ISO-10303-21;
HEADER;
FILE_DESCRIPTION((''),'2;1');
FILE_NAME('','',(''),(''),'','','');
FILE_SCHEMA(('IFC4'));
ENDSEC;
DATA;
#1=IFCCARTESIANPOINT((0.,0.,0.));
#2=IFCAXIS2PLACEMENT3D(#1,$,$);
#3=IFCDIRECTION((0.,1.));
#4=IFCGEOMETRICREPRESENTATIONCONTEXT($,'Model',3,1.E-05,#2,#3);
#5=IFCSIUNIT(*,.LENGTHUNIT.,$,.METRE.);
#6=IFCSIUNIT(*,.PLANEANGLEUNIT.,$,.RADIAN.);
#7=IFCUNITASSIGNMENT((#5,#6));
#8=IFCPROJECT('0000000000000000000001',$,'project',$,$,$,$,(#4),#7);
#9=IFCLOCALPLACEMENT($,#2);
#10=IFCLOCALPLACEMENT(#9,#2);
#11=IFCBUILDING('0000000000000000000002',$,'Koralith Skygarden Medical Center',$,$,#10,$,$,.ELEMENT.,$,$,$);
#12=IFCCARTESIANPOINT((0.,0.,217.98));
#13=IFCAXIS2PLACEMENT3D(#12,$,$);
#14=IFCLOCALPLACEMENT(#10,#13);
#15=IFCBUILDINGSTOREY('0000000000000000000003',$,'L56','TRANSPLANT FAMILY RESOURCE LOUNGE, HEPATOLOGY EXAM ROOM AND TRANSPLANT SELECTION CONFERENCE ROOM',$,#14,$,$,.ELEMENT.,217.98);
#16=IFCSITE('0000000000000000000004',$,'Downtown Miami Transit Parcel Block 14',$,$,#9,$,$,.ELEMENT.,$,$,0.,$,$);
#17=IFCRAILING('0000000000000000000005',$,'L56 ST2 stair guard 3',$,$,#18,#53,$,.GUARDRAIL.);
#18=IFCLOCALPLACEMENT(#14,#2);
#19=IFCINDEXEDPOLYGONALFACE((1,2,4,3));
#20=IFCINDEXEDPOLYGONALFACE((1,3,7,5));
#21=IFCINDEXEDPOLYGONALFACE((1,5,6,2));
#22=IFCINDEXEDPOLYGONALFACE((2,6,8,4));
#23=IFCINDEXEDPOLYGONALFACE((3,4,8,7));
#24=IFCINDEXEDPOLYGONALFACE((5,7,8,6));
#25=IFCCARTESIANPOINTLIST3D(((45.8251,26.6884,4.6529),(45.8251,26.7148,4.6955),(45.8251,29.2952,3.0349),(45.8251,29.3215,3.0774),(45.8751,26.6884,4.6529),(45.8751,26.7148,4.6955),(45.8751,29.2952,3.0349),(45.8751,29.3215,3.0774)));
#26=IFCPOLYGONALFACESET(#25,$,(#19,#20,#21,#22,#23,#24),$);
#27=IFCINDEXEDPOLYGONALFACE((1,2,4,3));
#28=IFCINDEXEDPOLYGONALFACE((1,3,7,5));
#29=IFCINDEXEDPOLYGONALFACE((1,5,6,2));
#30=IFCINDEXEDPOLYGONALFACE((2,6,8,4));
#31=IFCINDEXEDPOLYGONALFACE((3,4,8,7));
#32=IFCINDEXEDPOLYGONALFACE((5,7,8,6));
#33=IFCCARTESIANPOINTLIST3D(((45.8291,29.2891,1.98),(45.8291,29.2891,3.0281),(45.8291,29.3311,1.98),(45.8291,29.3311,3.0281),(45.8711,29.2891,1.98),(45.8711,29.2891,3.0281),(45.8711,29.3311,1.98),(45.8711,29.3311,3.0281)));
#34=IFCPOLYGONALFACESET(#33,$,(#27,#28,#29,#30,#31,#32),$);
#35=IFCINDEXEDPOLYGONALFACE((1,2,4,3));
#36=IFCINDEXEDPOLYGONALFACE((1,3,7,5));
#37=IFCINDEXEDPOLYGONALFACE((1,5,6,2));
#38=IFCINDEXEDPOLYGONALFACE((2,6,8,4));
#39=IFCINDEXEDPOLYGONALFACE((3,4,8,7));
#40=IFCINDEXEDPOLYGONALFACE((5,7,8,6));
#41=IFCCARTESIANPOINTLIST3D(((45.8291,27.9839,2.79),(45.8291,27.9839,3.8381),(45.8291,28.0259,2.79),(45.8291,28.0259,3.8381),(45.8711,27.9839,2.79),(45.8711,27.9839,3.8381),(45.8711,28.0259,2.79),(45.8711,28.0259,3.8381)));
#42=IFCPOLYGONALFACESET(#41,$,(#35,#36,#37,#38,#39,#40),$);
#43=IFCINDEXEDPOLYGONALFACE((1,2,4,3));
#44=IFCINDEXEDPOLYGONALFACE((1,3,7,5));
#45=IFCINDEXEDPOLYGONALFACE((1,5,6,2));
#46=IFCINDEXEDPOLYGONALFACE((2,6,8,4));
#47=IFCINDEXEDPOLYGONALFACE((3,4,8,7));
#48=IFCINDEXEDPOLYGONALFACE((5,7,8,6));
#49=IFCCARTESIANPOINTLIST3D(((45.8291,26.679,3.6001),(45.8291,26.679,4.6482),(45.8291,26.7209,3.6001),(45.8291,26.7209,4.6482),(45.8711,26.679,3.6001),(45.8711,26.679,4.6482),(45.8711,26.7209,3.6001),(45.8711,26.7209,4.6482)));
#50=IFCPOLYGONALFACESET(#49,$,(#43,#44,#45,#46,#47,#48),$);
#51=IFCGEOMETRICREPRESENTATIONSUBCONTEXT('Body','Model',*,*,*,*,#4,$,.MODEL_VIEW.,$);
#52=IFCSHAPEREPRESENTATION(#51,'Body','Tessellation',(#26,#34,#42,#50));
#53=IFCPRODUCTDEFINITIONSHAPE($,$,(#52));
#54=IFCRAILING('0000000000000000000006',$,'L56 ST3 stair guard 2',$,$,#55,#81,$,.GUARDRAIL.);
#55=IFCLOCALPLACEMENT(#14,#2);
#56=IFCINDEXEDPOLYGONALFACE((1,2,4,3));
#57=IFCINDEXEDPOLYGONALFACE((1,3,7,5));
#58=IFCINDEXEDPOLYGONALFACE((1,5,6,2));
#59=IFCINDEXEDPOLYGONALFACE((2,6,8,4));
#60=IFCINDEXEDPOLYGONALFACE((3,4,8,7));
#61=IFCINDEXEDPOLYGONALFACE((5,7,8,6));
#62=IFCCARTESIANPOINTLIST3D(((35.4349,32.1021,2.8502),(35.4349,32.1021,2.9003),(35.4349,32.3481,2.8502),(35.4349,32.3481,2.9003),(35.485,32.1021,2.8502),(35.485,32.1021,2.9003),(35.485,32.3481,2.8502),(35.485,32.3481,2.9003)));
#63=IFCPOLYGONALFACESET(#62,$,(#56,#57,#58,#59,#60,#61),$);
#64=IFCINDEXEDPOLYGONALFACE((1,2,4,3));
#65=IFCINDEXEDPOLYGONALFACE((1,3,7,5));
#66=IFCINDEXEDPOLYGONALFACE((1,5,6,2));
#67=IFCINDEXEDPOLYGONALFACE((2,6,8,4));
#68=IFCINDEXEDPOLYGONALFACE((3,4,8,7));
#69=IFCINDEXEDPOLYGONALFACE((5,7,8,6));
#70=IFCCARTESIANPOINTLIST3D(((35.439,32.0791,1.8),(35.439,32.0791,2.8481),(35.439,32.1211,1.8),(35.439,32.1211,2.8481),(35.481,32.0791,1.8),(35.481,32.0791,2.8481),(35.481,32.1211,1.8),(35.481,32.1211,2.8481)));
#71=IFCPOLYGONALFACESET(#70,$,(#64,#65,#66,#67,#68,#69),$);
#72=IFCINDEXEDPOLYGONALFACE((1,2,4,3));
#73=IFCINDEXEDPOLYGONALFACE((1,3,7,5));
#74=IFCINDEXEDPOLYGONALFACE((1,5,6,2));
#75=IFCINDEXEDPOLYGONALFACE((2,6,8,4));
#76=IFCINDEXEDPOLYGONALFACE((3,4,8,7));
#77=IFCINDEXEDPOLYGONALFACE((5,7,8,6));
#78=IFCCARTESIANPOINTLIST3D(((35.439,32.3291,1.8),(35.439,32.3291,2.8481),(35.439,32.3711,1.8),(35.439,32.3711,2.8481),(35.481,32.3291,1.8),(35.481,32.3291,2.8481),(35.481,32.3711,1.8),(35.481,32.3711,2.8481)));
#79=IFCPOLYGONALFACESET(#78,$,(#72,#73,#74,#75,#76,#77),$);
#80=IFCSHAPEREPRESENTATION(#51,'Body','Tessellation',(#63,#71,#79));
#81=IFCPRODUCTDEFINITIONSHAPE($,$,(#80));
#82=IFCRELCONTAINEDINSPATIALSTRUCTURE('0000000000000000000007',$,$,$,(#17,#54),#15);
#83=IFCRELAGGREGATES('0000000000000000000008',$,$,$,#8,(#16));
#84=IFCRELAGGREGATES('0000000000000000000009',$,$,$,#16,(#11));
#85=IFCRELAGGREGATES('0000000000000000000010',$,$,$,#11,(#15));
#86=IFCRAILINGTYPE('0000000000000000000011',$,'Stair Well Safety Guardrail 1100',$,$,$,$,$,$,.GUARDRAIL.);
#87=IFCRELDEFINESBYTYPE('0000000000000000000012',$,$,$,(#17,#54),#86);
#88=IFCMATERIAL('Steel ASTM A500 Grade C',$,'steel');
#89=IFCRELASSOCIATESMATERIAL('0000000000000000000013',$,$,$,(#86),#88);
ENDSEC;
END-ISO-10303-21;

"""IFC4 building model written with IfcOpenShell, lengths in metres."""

from ifc_helpers import new_model, si_unit, direction, frame, origin, origin_2d, place, context, subcontext, project, spatial, rectangle, extrude, material, type_object, element, save


model = new_model("IFC4")

# Units and contexts
model_context = context("Model", 3, precision=1e-05, world=origin(), true_north=direction((0.0, 1.0)))
body_context = subcontext(model_context, "Body", "Model", "MODEL_VIEW")
ifc_project = project(units=[si_unit("LENGTHUNIT", "METRE"), si_unit("PLANEANGLEUNIT", "RADIAN")], contexts=[model_context])

# Site, building, storey
site_placement = place(None, origin())
site = spatial("IfcSite", under=ifc_project, at=site_placement, Name="Downtown Miami Transit Parcel Block 14", CompositionType="ELEMENT", RefElevation=0.0)
building_placement = place(site_placement, origin())
building = spatial("IfcBuilding", under=site, at=building_placement, Name="Koralith Skygarden Medical Center", CompositionType="ELEMENT")
storey_placement = place(building_placement, frame((0.0, 0.0, 217.98)))
storey = spatial("IfcBuildingStorey", under=building, at=storey_placement, Name="L56", Description="TRANSPLANT FAMILY RESOURCE LOUNGE, HEPATOLOGY EXAM ROOM AND TRANSPLANT SELECTION CONFERENCE ROOM", CompositionType="ELEMENT", Elevation=217.98)

# Shared definitions
ifc_material_1 = material(Name="Steel ASTM A500 Grade C", Category="steel")

# Railings
railing_type_1 = type_object("IfcRailingType", Name="Stair Well Safety Guardrail 1100", PredefinedType="GUARDRAIL", material=ifc_material_1)
railing_1_placement = place(storey_placement, frame((45.8501, 29.3101, 1.98)))
element("IfcRailing", 1, at=railing_1_placement, inside=storey, type_object=railing_type_1, Name="L56 ST2 stair guard 3", PredefinedType="GUARDRAIL", context=body_context, shape_type="SweptSolid", body=[
    extrude(rectangle(XDim=0.05, YDim=0.05, at=origin_2d()), frame((0.0, -0.0017, 1.0762), z_axis=(0.0, -0.849633, 0.527375), x_axis=(1.0, 0.0, 0.0)), (0.0, 0.0, 1.0), 3.0681),
    extrude(rectangle(XDim=0.042, YDim=0.042, at=origin_2d()), origin(), (0.0, 0.0, 1.0), 1.0481),
    extrude(rectangle(XDim=0.042, YDim=0.042, at=origin_2d()), frame((0.0, -1.3052, 0.8101)), (0.0, 0.0, 1.0), 1.0481),
    extrude(rectangle(XDim=0.042, YDim=0.042, at=origin_2d()), frame((0.0, -2.6101, 1.6201)), (0.0, 0.0, 1.0), 1.0481),
])
railing_2_placement = place(storey_placement, frame((35.46, 32.1001, 1.8)))
element("IfcRailing", 2, at=railing_2_placement, inside=storey, type_object=railing_type_1, Name="L56 ST3 stair guard 2", PredefinedType="GUARDRAIL", context=body_context, shape_type="SweptSolid", body=[
    extrude(rectangle(XDim=0.05, YDim=0.05, at=origin_2d()), frame((0.0, 0.002, 1.0752), z_axis=(0.0, 1.0, 0.0), x_axis=(-1.0, 0.0, 0.0)), (0.0, 0.0, 1.0), 0.2461),
    extrude(rectangle(XDim=0.042, YDim=0.042, at=origin_2d()), origin(), (0.0, 0.0, 1.0), 1.0481),
    extrude(rectangle(XDim=0.042, YDim=0.042, at=origin_2d()), frame((0.0, 0.25, 0.0)), (0.0, 0.0, 1.0), 1.0481),
])

save(model, "model.ifc")
